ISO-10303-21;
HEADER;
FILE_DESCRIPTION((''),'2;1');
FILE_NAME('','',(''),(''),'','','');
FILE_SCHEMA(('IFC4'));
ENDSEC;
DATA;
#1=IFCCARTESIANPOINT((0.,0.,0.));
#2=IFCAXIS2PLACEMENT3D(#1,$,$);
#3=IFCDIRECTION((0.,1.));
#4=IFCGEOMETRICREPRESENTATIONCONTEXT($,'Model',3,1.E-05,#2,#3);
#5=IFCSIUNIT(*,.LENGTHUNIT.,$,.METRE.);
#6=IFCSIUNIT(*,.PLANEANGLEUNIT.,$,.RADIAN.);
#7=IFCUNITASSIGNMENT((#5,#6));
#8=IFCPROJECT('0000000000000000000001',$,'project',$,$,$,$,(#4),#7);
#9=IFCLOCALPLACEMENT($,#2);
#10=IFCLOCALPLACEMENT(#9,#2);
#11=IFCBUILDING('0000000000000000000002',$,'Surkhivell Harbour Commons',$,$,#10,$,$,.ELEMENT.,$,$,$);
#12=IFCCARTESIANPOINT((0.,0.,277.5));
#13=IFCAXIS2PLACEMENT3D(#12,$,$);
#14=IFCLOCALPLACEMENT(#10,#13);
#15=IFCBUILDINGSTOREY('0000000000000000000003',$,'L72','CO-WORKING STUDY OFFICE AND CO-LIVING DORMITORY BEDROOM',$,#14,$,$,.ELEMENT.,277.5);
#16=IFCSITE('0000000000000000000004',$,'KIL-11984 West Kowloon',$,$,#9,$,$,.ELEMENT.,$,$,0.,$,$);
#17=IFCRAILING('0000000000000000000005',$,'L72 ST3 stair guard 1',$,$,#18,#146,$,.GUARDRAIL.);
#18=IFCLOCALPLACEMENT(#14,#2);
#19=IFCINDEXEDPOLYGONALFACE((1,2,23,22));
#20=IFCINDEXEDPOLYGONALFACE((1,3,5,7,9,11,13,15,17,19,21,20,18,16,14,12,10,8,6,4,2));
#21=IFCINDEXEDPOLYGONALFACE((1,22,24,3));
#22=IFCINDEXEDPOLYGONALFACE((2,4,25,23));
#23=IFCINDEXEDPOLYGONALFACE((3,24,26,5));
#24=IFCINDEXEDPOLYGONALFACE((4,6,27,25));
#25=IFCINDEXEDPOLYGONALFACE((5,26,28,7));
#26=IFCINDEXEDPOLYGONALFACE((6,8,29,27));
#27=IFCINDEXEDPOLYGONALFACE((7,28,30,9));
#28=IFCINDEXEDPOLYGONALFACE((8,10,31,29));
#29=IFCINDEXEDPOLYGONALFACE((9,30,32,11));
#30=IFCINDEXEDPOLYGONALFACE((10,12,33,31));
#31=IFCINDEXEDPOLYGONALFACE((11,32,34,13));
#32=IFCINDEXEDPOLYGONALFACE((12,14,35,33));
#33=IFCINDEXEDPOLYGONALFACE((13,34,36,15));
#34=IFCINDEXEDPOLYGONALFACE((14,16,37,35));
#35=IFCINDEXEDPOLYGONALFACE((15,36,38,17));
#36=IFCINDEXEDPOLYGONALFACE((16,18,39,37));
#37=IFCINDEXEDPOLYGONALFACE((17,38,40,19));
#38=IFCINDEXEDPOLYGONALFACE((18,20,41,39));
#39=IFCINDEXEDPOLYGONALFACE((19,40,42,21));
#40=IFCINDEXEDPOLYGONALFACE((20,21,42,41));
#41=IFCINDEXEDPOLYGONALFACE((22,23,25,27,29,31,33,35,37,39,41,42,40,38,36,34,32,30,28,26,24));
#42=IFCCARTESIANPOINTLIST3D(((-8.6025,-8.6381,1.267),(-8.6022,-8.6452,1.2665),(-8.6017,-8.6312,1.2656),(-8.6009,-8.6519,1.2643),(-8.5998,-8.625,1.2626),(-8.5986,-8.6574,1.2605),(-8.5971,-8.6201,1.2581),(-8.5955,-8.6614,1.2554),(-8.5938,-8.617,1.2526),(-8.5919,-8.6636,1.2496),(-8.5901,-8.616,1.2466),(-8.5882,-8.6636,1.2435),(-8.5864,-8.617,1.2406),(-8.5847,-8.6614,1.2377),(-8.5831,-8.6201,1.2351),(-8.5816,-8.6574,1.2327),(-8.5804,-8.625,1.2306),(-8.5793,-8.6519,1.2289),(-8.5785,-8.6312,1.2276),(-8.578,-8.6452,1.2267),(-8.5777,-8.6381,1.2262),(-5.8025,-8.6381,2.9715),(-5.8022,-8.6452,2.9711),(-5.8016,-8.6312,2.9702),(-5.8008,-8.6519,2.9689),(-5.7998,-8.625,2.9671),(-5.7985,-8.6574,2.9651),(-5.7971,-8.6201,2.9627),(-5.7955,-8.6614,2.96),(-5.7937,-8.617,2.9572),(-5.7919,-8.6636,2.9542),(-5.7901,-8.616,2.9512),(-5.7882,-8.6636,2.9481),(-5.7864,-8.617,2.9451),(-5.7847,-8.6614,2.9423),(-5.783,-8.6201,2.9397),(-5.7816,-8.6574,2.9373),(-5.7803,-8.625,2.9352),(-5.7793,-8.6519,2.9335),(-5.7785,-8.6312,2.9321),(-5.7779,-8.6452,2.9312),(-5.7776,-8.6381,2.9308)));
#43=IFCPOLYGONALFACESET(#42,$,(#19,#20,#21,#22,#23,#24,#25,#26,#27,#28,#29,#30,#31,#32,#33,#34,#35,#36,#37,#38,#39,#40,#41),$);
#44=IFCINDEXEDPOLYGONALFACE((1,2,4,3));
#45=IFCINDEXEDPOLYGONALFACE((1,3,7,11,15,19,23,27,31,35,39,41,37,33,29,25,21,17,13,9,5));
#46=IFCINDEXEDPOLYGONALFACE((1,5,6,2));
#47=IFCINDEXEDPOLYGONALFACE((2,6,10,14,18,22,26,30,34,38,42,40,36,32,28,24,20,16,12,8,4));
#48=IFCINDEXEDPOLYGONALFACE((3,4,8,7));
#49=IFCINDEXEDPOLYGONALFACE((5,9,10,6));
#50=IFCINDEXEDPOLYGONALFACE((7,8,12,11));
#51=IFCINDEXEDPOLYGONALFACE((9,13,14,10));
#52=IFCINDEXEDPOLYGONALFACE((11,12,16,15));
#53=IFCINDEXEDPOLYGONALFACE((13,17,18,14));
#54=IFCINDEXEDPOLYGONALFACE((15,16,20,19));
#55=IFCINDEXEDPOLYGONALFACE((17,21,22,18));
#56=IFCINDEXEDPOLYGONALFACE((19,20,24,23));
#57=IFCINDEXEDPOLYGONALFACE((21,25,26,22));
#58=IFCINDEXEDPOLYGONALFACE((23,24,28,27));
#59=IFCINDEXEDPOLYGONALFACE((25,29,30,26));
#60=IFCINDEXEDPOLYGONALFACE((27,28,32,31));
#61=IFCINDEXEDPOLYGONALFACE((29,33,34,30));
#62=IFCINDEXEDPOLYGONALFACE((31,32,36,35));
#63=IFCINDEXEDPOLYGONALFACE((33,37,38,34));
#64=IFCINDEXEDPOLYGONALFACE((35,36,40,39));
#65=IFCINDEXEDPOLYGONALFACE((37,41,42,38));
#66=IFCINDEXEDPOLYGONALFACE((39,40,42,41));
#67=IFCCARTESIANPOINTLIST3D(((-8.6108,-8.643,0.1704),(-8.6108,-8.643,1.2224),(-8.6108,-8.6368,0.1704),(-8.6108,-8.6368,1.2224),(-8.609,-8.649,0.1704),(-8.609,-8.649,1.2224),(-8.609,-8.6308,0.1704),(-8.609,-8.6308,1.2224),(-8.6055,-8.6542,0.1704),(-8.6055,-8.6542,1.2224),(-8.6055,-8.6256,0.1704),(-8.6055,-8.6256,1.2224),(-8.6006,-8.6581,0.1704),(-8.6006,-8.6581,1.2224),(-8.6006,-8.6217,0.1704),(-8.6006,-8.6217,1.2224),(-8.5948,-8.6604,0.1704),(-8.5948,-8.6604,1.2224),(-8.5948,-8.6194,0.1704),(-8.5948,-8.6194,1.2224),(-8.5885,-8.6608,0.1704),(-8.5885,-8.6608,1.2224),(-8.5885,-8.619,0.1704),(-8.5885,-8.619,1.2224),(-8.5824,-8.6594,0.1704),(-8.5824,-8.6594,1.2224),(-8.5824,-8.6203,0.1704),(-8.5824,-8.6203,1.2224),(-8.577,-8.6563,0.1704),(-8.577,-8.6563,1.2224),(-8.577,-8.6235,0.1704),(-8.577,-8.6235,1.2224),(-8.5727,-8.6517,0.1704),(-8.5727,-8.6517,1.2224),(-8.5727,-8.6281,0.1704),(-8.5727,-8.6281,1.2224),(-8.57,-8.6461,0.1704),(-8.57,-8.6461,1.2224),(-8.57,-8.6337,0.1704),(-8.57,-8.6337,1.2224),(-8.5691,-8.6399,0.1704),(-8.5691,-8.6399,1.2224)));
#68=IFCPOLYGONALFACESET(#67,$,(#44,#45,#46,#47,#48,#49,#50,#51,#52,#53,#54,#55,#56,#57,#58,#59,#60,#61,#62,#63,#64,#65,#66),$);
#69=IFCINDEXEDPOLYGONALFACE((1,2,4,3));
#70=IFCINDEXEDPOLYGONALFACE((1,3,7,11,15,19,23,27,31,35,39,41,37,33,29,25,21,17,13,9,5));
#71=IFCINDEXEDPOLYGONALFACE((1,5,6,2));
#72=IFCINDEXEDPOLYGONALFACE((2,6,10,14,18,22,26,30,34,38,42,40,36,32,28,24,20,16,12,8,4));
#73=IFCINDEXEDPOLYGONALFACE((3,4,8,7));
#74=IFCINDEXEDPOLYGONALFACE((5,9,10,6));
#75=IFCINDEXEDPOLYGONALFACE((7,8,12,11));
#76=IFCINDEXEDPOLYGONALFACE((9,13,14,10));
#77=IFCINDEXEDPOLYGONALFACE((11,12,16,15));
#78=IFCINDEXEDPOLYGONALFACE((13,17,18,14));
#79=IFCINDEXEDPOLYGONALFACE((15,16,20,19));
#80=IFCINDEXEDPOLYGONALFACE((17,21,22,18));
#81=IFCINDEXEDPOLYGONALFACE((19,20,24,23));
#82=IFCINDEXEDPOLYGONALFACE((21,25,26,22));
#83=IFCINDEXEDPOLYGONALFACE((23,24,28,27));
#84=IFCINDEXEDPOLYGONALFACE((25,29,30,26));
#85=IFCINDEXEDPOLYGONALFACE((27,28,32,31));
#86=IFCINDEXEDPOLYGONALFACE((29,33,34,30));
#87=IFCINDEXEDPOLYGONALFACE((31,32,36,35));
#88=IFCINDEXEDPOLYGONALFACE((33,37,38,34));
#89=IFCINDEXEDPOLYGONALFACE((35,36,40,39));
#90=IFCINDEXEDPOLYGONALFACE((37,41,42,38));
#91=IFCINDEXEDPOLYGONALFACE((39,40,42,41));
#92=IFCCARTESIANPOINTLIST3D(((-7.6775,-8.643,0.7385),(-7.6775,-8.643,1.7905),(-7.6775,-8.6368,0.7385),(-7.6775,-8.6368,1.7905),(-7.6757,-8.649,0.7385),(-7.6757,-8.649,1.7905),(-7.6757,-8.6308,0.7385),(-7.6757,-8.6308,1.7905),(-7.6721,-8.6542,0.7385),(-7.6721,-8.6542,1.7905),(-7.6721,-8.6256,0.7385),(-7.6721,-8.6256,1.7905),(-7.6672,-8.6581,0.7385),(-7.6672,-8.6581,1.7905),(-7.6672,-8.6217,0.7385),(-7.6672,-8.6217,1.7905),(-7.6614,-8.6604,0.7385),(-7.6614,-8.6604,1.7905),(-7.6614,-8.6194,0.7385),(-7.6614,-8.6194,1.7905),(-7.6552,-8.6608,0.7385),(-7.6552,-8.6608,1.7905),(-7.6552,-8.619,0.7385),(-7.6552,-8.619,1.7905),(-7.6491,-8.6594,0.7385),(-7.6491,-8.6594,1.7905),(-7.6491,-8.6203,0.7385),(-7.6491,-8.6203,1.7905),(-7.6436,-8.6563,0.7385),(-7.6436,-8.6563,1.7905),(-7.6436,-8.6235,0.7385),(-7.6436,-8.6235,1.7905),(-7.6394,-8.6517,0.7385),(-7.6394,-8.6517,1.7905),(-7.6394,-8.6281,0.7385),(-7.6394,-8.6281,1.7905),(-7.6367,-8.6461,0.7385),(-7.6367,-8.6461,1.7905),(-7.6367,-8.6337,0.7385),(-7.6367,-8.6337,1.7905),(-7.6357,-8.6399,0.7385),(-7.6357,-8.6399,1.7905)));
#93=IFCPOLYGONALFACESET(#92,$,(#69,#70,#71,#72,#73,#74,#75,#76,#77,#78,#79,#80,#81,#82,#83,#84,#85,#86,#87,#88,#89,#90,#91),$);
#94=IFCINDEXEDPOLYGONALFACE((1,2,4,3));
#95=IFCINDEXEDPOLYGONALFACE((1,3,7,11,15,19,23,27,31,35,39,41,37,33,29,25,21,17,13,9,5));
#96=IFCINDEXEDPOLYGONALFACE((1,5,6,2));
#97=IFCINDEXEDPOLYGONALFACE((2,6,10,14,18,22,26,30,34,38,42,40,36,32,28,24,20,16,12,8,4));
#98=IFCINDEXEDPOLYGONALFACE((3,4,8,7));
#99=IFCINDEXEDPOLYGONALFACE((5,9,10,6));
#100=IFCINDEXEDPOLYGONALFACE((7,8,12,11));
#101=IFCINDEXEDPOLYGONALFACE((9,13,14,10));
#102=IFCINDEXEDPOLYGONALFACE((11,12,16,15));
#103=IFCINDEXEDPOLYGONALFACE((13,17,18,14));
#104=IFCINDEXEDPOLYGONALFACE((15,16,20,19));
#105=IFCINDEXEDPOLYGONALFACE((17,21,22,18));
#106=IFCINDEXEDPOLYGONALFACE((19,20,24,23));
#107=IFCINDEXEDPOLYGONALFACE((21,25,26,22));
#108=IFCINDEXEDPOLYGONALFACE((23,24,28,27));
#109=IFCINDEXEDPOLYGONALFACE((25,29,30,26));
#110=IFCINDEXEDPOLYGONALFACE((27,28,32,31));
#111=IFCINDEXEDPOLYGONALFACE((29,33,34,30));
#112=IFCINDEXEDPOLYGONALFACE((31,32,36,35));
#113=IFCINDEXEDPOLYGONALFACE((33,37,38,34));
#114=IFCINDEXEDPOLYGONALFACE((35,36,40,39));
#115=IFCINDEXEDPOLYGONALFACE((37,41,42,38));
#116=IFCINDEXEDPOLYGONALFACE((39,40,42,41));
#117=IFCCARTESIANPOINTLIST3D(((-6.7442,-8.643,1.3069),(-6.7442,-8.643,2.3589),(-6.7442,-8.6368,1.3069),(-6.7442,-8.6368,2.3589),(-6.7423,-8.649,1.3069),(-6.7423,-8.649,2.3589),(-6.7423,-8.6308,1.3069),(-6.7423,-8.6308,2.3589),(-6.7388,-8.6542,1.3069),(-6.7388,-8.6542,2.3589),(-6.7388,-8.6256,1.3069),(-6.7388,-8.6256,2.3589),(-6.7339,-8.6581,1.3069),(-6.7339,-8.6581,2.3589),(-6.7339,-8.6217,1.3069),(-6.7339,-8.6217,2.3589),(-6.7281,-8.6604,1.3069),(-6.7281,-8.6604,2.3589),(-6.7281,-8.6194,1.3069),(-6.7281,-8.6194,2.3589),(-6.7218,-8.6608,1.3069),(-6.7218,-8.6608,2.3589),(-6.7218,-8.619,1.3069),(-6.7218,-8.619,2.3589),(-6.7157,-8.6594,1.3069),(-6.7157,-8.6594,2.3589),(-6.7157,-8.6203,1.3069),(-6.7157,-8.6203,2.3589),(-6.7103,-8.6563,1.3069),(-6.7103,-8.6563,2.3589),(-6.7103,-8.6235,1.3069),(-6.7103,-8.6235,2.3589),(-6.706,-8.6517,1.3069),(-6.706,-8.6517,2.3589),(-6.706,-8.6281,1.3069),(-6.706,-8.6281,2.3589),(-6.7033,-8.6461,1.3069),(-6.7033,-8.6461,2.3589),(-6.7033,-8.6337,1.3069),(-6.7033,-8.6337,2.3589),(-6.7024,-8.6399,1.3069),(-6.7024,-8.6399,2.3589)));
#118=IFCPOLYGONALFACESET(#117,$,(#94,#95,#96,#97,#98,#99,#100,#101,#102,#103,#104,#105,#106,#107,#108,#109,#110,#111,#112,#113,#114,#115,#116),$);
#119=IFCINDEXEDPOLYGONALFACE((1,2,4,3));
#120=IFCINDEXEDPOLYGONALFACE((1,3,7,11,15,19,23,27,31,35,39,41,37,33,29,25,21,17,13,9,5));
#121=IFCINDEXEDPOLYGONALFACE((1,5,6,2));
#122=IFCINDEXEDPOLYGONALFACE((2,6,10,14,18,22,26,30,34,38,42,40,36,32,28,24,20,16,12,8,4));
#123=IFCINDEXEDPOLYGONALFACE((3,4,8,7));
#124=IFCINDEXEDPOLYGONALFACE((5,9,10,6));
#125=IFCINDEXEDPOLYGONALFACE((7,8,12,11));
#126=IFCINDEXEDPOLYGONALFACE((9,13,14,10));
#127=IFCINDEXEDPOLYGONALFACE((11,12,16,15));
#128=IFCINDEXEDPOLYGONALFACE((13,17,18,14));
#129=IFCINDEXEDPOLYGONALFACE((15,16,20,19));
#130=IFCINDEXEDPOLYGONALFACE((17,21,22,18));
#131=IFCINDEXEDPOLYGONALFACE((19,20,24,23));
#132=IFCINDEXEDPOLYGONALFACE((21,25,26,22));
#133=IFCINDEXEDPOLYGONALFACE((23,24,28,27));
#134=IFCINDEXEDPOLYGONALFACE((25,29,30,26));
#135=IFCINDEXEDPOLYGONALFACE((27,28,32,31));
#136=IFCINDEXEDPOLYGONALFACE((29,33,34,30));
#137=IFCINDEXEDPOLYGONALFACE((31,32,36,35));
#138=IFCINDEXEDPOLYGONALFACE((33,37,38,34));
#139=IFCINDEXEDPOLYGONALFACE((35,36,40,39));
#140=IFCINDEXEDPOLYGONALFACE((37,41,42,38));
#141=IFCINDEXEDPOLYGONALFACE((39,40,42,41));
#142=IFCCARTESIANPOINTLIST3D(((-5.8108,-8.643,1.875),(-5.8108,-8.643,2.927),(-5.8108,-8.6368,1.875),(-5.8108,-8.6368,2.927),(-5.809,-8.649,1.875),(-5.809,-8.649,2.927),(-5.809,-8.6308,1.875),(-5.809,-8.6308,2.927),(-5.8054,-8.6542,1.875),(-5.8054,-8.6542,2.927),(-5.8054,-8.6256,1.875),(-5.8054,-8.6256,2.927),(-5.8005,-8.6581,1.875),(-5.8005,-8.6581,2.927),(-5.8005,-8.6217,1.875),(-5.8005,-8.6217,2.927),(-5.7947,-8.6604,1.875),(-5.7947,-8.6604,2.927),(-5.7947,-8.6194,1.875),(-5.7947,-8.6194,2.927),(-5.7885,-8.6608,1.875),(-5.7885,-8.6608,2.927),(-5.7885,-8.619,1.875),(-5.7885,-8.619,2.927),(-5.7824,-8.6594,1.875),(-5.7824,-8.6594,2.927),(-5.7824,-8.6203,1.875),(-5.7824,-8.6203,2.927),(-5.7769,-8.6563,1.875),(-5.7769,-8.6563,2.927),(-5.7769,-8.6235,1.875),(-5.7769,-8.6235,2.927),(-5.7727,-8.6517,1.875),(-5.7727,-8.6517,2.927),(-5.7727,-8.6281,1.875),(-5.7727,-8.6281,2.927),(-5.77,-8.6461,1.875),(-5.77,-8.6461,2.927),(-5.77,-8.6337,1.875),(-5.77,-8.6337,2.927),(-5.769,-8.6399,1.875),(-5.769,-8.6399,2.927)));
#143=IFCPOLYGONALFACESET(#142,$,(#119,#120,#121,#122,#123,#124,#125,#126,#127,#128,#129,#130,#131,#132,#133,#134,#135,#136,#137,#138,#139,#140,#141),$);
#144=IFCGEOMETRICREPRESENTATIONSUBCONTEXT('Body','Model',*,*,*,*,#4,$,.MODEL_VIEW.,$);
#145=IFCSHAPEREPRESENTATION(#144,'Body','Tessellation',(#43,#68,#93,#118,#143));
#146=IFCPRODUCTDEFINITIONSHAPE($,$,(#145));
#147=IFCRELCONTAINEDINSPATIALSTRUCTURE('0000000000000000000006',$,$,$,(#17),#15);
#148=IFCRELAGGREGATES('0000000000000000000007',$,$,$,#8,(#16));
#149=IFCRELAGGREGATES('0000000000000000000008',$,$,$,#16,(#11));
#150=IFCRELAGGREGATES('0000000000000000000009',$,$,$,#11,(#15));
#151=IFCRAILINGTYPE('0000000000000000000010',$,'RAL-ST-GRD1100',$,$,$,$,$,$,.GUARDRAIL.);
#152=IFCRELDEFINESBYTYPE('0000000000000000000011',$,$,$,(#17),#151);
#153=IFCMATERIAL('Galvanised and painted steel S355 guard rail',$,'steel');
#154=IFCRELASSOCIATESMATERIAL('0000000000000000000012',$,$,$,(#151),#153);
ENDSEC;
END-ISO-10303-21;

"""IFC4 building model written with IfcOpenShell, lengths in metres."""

from ifc_helpers import new_model, si_unit, direction, frame, origin, origin_2d, place, context, subcontext, project, spatial, circle, extrude, material, type_object, element, save


model = new_model("IFC4")

# Units and contexts
model_context = context("Model", 3, precision=1e-05, world=origin(), true_north=direction((0.0, 1.0)))
body_context = subcontext(model_context, "Body", "Model", "MODEL_VIEW")
ifc_project = project(units=[si_unit("LENGTHUNIT", "METRE"), si_unit("PLANEANGLEUNIT", "RADIAN")], contexts=[model_context])

# Site, building, storey
site_placement = place(None, origin())
site = spatial("IfcSite", under=ifc_project, at=site_placement, Name="KIL-11984 West Kowloon", CompositionType="ELEMENT", RefElevation=0.0)
building_placement = place(site_placement, origin())
building = spatial("IfcBuilding", under=site, at=building_placement, Name="Surkhivell Harbour Commons", CompositionType="ELEMENT")
storey_placement = place(building_placement, frame((0.0, 0.0, 277.5)))
storey = spatial("IfcBuildingStorey", under=building, at=storey_placement, Name="L72", Description="CO-WORKING STUDY OFFICE AND CO-LIVING DORMITORY BEDROOM", CompositionType="ELEMENT", Elevation=277.5)

# Railing
ifc_material_1 = material(Name="Galvanised and painted steel S355 guard rail", Category="steel")
railing_type_1 = type_object("IfcRailingType", Name="RAL-ST-GRD1100", PredefinedType="GUARDRAIL", material=ifc_material_1)
railing_1_placement = place(storey_placement, frame((-8.5901, -8.6399, 0.1704)))
element("IfcRailing", 1, at=railing_1_placement, inside=storey, type_object=railing_type_1, Name="L72 ST3 stair guard 1", PredefinedType="GUARDRAIL", context=body_context, shape_type="SweptSolid", body=[
    extrude(circle(Radius=0.0239, at=origin_2d()), frame((0.0, 0.0, 1.0762), z_axis=(0.85417, 0.0, 0.519994), x_axis=(0.0, 1.0, 0.0)), (0.0, 0.0, 1.0), 3.2781),
    extrude(circle(Radius=0.021, at=origin_2d()), origin(), (0.0, 0.0, 1.0), 1.052),
    extrude(circle(Radius=0.021, at=origin_2d()), frame((0.9333, 0.0, 0.5681)), (0.0, 0.0, 1.0), 1.052),
    extrude(circle(Radius=0.021, at=origin_2d()), frame((1.8667, 0.0, 1.1365)), (0.0, 0.0, 1.0), 1.052),
    extrude(circle(Radius=0.021, at=origin_2d()), frame((2.8, 0.0, 1.7046)), (0.0, 0.0, 1.0), 1.052),
])

save(model, "model.ifc")
